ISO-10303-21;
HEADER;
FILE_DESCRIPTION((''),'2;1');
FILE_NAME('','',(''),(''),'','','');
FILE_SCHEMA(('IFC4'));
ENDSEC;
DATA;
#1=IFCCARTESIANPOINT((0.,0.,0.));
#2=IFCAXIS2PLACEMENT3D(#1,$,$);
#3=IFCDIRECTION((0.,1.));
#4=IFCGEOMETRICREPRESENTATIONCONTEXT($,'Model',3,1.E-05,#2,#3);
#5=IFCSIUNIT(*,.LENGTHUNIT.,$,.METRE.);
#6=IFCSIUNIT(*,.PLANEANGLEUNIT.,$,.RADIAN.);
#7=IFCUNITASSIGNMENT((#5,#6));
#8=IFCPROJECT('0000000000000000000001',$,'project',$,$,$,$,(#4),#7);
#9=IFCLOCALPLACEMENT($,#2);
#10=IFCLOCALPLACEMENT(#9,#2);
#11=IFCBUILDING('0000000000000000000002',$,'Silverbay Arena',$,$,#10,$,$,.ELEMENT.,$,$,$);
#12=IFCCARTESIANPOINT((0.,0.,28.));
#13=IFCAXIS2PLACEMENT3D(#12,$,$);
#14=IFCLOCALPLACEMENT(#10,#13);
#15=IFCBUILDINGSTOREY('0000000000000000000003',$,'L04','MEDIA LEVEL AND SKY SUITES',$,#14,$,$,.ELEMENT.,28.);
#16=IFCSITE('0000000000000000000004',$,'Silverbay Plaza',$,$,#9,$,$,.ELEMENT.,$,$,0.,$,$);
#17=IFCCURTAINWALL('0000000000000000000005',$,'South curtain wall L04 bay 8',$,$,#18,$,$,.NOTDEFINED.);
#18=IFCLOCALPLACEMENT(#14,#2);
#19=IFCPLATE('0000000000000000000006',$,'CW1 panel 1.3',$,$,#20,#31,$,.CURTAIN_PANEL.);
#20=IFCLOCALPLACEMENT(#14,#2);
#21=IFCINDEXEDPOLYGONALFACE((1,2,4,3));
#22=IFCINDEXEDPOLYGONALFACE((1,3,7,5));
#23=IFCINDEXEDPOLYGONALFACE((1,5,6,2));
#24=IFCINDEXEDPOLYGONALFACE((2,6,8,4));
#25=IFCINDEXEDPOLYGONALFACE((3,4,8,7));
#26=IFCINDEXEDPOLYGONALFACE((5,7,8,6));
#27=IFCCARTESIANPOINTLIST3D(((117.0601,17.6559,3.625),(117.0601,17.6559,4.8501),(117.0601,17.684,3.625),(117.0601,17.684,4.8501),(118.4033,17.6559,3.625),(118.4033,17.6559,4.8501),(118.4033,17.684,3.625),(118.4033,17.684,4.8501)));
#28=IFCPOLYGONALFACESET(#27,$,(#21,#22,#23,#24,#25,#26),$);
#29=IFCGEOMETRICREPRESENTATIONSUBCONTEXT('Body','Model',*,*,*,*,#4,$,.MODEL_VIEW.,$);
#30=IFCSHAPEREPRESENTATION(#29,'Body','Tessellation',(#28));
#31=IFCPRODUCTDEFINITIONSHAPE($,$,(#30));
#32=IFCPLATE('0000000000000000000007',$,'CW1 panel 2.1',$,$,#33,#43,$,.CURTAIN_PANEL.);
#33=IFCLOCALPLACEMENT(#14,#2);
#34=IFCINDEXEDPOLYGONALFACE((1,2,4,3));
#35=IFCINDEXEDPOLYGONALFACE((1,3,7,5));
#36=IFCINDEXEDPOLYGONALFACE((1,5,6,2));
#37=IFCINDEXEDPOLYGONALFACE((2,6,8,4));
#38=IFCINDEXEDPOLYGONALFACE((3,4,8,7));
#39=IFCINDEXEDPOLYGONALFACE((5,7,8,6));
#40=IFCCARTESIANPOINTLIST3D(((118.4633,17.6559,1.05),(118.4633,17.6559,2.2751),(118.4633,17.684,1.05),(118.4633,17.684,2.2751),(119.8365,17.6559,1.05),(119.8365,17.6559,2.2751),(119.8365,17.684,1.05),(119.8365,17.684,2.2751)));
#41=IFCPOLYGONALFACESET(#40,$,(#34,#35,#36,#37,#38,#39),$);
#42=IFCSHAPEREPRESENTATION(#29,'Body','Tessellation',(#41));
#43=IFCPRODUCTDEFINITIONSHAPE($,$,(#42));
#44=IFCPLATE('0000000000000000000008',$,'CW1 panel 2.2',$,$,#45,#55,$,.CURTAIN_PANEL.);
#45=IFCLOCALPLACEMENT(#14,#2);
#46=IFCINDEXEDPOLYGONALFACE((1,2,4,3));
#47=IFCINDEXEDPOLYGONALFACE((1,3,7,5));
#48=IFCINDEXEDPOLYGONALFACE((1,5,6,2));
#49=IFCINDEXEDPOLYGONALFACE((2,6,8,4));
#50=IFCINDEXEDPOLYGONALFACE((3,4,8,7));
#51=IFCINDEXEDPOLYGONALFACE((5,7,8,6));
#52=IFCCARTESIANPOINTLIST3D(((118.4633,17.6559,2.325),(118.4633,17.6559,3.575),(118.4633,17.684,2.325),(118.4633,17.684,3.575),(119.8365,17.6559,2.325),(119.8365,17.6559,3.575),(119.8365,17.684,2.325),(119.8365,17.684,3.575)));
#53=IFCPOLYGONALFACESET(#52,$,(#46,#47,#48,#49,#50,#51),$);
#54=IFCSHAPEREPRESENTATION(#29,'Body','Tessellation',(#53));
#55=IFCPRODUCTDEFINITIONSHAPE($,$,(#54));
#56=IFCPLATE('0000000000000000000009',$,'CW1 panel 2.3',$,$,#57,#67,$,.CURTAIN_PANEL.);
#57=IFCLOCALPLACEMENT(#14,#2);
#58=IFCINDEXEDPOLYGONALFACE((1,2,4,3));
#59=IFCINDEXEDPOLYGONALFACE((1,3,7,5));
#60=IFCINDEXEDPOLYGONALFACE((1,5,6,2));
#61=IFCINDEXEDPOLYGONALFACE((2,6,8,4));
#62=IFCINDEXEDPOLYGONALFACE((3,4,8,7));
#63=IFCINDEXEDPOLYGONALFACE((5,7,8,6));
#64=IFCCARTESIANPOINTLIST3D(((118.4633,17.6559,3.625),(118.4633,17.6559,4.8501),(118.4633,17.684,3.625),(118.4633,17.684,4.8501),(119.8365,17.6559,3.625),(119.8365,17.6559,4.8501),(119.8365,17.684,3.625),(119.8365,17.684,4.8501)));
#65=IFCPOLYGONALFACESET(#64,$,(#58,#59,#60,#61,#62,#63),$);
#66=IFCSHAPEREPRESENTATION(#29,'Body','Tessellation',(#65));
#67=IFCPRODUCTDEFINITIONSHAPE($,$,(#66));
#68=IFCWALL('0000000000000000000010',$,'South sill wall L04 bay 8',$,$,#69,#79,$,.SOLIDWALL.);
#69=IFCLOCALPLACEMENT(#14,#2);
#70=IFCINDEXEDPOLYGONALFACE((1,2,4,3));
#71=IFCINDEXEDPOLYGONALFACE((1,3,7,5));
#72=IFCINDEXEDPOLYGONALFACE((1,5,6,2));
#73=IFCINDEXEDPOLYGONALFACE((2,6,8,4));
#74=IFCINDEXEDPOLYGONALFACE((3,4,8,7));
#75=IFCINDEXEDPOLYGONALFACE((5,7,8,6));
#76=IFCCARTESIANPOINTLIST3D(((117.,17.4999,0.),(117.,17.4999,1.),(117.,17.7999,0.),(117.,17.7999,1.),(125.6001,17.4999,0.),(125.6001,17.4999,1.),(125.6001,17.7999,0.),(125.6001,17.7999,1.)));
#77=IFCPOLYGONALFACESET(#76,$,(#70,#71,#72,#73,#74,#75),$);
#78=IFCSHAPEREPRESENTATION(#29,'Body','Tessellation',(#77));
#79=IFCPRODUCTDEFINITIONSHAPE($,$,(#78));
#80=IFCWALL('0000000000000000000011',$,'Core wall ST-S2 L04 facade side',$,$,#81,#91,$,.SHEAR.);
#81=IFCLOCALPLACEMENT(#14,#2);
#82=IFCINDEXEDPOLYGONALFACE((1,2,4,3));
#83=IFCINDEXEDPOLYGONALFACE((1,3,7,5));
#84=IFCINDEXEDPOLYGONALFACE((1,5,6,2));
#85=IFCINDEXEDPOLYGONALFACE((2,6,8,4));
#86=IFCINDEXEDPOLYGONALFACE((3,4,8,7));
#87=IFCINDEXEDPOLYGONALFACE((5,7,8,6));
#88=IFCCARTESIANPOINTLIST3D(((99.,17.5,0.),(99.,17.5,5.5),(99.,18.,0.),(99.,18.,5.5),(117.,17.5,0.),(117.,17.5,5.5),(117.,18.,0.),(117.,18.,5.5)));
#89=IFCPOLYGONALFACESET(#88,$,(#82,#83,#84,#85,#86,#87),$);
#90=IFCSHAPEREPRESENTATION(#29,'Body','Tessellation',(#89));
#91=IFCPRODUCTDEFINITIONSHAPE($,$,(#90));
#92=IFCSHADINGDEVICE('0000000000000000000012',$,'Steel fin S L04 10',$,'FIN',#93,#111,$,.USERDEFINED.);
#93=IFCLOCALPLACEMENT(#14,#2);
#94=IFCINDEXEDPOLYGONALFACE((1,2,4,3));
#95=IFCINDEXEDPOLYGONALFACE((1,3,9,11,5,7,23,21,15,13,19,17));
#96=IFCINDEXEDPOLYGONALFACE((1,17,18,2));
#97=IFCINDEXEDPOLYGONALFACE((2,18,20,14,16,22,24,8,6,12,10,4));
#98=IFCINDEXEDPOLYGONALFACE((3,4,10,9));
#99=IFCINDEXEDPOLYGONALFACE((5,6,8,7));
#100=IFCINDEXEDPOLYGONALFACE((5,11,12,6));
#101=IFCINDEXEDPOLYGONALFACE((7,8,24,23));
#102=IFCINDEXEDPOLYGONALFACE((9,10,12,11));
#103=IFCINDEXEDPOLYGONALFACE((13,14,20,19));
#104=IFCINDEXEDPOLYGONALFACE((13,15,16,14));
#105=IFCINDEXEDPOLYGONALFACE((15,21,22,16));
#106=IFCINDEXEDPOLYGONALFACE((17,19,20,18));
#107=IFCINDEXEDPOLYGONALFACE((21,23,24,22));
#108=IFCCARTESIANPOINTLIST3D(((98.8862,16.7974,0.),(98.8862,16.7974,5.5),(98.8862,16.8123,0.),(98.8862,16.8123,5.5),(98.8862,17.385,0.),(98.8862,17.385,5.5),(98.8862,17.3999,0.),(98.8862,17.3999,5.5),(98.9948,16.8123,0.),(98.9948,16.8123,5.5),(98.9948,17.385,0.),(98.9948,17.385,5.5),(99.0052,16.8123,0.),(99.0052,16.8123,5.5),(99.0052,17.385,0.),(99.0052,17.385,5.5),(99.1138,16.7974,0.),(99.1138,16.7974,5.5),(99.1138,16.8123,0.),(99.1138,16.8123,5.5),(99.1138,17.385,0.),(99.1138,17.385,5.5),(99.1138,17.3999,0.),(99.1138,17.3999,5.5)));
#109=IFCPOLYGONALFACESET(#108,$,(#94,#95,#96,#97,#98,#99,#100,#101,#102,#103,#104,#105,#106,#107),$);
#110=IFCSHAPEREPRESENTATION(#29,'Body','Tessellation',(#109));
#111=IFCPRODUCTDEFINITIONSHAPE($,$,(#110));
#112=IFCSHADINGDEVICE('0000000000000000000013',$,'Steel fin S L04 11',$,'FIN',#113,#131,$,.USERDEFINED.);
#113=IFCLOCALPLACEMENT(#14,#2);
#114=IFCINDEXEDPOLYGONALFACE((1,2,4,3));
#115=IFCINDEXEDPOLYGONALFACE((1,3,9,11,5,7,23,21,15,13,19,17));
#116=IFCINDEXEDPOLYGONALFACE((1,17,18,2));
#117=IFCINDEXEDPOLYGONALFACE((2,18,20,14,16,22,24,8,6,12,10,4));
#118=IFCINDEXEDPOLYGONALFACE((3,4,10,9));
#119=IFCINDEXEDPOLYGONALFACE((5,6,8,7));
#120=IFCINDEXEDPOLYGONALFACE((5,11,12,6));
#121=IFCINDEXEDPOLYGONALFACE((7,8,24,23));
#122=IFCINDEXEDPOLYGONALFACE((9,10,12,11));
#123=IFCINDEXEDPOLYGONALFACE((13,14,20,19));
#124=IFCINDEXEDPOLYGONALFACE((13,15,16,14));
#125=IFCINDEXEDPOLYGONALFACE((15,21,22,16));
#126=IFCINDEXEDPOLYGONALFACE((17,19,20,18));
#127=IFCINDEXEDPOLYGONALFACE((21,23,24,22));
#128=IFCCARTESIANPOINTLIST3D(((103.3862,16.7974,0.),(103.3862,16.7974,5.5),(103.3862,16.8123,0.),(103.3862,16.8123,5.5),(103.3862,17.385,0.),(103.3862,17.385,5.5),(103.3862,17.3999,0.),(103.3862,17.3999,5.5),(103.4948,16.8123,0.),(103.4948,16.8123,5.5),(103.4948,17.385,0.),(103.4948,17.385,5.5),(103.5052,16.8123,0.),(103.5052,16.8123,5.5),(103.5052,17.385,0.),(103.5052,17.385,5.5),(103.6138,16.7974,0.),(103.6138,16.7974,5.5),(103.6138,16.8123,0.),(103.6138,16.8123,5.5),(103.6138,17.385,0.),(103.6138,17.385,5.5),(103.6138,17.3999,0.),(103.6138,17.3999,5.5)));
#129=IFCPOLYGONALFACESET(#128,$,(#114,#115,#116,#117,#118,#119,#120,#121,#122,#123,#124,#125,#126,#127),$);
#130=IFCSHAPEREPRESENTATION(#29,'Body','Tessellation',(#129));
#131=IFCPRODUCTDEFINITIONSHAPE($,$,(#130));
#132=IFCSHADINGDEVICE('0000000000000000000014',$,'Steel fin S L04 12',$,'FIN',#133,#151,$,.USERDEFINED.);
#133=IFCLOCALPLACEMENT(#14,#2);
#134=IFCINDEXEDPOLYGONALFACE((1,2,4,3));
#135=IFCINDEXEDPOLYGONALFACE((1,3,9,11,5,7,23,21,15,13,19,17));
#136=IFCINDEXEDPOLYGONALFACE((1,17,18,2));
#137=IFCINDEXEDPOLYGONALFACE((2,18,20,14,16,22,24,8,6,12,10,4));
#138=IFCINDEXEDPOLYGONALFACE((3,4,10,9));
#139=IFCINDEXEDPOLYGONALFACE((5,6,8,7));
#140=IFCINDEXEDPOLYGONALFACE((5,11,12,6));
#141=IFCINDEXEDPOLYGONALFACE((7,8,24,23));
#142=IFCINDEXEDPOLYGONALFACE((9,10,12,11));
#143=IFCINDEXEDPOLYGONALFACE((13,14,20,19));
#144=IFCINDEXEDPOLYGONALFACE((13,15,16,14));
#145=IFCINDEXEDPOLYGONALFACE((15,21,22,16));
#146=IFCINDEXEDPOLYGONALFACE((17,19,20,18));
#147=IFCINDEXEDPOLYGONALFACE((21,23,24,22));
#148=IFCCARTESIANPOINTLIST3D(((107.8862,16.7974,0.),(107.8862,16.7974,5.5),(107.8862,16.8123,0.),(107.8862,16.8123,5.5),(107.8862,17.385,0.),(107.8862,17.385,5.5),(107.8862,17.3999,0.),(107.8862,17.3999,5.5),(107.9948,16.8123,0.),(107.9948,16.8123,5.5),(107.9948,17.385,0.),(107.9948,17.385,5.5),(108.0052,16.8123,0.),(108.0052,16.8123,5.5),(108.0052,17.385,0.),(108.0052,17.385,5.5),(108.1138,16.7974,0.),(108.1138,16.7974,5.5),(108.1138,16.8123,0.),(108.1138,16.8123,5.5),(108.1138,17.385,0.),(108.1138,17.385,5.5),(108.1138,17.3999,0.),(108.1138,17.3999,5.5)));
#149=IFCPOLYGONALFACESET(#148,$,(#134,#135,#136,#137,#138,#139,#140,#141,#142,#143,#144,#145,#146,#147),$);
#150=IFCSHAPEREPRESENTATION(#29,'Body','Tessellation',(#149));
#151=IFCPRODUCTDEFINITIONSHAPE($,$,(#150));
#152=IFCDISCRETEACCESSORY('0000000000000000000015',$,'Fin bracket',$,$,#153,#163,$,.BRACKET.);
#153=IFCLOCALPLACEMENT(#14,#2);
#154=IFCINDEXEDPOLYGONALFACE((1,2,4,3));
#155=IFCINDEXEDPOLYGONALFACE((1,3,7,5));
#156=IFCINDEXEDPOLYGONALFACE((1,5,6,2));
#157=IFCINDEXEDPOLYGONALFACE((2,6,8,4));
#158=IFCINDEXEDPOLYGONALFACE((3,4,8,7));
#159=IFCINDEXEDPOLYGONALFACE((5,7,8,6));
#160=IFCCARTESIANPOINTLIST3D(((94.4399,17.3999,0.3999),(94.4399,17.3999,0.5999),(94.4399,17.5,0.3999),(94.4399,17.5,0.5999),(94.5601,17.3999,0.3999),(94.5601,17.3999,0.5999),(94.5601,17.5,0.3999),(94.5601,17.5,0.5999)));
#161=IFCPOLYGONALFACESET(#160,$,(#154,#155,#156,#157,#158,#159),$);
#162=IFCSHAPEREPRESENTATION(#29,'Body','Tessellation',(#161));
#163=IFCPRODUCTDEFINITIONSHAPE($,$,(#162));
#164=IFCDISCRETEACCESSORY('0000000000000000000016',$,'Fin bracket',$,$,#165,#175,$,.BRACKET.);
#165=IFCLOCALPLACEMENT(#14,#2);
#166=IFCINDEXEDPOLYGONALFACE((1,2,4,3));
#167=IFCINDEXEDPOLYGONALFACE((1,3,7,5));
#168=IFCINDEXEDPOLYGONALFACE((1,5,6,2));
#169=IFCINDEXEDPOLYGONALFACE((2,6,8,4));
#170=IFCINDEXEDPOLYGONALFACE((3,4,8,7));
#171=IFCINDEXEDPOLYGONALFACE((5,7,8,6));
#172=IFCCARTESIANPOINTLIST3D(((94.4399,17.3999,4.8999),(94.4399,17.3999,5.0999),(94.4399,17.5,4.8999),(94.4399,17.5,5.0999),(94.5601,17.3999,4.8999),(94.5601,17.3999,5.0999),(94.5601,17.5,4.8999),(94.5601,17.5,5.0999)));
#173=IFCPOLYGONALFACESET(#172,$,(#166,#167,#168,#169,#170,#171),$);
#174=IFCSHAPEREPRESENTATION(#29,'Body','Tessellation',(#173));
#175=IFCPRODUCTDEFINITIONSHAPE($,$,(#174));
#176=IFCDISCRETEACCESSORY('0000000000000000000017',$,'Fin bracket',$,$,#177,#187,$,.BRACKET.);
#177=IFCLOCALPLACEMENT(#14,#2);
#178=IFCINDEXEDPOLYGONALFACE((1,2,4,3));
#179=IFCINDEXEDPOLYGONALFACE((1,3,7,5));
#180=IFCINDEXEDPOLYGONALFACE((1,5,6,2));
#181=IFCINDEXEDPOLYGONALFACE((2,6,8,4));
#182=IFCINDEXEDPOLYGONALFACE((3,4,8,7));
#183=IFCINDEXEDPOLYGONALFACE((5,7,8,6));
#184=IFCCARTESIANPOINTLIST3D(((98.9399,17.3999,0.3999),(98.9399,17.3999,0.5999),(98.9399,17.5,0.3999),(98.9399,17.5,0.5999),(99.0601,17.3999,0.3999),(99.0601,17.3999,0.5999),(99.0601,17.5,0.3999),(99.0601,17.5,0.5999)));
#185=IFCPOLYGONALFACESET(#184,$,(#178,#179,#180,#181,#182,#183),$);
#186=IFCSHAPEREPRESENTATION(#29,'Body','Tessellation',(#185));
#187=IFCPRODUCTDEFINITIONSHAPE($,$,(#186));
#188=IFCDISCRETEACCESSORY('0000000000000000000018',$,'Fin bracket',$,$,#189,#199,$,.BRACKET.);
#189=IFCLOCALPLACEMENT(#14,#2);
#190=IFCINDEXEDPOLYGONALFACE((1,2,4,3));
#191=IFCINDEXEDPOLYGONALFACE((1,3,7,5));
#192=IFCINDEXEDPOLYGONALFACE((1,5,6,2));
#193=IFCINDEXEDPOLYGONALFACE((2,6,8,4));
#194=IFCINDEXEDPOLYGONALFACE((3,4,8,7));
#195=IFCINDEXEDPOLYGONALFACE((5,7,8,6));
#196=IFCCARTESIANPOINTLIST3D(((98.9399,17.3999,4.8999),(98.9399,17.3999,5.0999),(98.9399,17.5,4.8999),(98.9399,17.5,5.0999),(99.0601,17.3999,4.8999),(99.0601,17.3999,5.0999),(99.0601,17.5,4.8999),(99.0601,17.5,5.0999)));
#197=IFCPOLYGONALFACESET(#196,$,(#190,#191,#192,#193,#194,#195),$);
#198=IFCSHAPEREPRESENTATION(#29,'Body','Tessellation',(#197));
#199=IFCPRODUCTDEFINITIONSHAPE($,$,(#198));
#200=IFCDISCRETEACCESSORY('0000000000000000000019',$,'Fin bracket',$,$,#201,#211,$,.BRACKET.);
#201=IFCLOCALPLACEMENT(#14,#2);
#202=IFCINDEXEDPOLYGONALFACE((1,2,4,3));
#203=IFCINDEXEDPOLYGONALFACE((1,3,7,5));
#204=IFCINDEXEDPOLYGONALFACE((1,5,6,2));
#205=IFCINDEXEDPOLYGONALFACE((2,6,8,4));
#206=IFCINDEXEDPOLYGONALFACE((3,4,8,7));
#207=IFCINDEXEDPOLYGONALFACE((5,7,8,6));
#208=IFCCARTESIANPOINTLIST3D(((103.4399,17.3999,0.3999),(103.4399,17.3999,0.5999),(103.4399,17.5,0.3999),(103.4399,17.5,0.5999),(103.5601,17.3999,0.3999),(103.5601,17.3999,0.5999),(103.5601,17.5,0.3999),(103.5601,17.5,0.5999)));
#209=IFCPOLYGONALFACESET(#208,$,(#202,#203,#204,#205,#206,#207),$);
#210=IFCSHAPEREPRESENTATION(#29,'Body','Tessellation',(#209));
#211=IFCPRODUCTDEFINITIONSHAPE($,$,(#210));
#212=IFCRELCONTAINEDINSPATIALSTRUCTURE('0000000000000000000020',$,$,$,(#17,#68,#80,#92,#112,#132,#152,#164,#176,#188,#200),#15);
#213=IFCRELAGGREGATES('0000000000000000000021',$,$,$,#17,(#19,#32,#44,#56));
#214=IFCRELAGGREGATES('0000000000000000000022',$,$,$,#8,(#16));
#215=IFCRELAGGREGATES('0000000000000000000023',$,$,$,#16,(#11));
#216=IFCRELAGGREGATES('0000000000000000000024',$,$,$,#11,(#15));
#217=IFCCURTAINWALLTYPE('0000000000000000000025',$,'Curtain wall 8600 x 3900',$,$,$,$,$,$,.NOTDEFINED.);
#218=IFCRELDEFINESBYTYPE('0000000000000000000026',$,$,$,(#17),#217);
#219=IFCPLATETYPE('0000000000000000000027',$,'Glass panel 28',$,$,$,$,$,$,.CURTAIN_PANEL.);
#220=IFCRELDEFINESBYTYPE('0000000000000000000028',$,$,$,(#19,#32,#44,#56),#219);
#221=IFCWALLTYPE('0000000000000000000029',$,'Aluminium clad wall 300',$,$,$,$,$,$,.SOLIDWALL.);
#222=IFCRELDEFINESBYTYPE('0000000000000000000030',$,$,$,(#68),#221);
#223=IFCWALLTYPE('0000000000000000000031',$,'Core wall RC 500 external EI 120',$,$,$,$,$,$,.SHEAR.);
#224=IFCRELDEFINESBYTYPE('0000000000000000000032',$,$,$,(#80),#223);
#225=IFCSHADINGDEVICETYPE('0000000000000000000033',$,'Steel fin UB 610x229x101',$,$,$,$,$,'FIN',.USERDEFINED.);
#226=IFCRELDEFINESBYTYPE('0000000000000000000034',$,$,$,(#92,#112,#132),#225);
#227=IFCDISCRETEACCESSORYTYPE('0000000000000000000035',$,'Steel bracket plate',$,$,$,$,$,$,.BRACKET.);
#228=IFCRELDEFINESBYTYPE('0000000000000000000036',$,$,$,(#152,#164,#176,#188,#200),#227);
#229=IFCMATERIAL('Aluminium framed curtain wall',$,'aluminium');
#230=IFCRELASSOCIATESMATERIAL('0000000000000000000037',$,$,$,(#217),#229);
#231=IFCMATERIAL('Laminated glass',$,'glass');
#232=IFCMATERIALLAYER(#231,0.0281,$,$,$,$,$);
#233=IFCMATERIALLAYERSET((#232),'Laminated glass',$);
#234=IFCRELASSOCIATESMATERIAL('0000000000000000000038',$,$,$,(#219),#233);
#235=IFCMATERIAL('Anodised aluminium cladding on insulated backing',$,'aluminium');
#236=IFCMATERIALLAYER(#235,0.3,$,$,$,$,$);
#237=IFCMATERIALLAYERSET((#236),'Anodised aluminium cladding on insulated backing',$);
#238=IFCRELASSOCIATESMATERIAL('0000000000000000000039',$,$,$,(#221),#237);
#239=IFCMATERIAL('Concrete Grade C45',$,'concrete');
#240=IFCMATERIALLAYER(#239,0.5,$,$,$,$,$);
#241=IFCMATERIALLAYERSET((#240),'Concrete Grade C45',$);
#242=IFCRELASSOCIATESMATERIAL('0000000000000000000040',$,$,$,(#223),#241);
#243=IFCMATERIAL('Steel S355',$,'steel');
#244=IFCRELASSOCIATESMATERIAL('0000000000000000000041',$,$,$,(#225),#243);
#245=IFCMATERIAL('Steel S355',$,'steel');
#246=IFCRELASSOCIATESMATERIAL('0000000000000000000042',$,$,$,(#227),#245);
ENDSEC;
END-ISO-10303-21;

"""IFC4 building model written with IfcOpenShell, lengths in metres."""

from ifc_helpers import new_model, si_unit, direction, frame, frame_2d, origin, origin_2d, place, context, subcontext, project, spatial, rectangle, i_section, extrude, material, layer, layer_set, material_profile, profile_set, type_object, element, aggregate, save


model = new_model("IFC4")

# Units and contexts
model_context = context("Model", 3, precision=1e-05, world=origin(), true_north=direction((0.0, 1.0)))
body_context = subcontext(model_context, "Body", "Model", "MODEL_VIEW")
ifc_project = project(units=[si_unit("LENGTHUNIT", "METRE"), si_unit("PLANEANGLEUNIT", "RADIAN")], contexts=[model_context])

# Site, building, storey
site_placement = place(None, origin())
site = spatial("IfcSite", under=ifc_project, at=site_placement, Name="Silverbay Plaza", CompositionType="ELEMENT", RefElevation=0.0)
building_placement = place(site_placement, origin())
building = spatial("IfcBuilding", under=site, at=building_placement, Name="Silverbay Arena", CompositionType="ELEMENT")
storey_placement = place(building_placement, frame((0.0, 0.0, 28.0)))
storey = spatial("IfcBuildingStorey", under=building, at=storey_placement, Name="L04", Description="MEDIA LEVEL AND SKY SUITES", CompositionType="ELEMENT", Elevation=28.0)

# Curtain wall
ifc_material_1 = material(Name="Aluminium framed curtain wall", Category="aluminium")
curtain_wall_type = type_object("IfcCurtainWallType", Name="Curtain wall 8600 x 3900", PredefinedType="NOTDEFINED", material=ifc_material_1)
curtain_wall_placement = place(storey_placement, origin())
curtain_wall = element("IfcCurtainWall", 1, at=curtain_wall_placement, inside=storey, type_object=curtain_wall_type, Name="South curtain wall L04 bay 8", PredefinedType="NOTDEFINED")

# Plates
ifc_material_2 = material(Name="Laminated glass", Category="glass")
ifc_layer_1 = layer(ifc_material_2, 0.0281)
ifc_layer_set_1 = layer_set([ifc_layer_1], Name="Laminated glass")
plate_type = type_object("IfcPlateType", Name="Glass panel 28", PredefinedType="CURTAIN_PANEL", material=ifc_layer_set_1)
plate_1_placement = place(storey_placement, frame((117.7317, 17.6699, 3.625), z_axis=(0.0, 0.0, 1.0), x_axis=(1.0, 0.0, 0.0)))
plate_1 = element("IfcPlate", 2, at=plate_1_placement, type_object=plate_type, Name="CW1 panel 1.3", PredefinedType="CURTAIN_PANEL", context=body_context, shape_type="SweptSolid", body=[
    extrude(rectangle(XDim=1.3433, YDim=0.0281, at=origin_2d()), origin(), (0.0, 0.0, 1.0), 1.2251),
])
plate_2_placement = place(storey_placement, frame((119.1499, 17.6699, 1.05), z_axis=(0.0, 0.0, 1.0), x_axis=(1.0, 0.0, 0.0)))
plate_2 = element("IfcPlate", 3, at=plate_2_placement, type_object=plate_type, Name="CW1 panel 2.1", PredefinedType="CURTAIN_PANEL", context=body_context, shape_type="SweptSolid", body=[
    extrude(rectangle(XDim=1.3733, YDim=0.0281, at=origin_2d()), origin(), (0.0, 0.0, 1.0), 1.2251),
])
plate_3_placement = place(storey_placement, frame((119.1499, 17.6699, 2.325), z_axis=(0.0, 0.0, 1.0), x_axis=(1.0, 0.0, 0.0)))
plate_3 = element("IfcPlate", 4, at=plate_3_placement, type_object=plate_type, Name="CW1 panel 2.2", PredefinedType="CURTAIN_PANEL", context=body_context, shape_type="SweptSolid", body=[
    extrude(rectangle(XDim=1.3733, YDim=0.0281, at=origin_2d()), origin(), (0.0, 0.0, 1.0), 1.25),
])
plate_4_placement = place(storey_placement, frame((119.1499, 17.6699, 3.625), z_axis=(0.0, 0.0, 1.0), x_axis=(1.0, 0.0, 0.0)))
plate_4 = element("IfcPlate", 5, at=plate_4_placement, type_object=plate_type, Name="CW1 panel 2.3", PredefinedType="CURTAIN_PANEL", context=body_context, shape_type="SweptSolid", body=[
    extrude(rectangle(XDim=1.3733, YDim=0.0281, at=origin_2d()), origin(), (0.0, 0.0, 1.0), 1.2251),
])
aggregate(curtain_wall, [plate_1, plate_2, plate_3, plate_4])

# Walls
ifc_material_3 = material(Name="Anodised aluminium cladding on insulated backing", Category="aluminium")
ifc_layer_2 = layer(ifc_material_3, 0.3)
ifc_layer_set_2 = layer_set([ifc_layer_2], Name="Anodised aluminium cladding on insulated backing")
wall_type_1 = type_object("IfcWallType", Name="Aluminium clad wall 300", PredefinedType="SOLIDWALL", material=ifc_layer_set_2)
wall_1_placement = place(storey_placement, frame((117.0, 17.6499, 0.0), z_axis=(0.0, 0.0, 1.0), x_axis=(1.0, 0.0, 0.0)))
element("IfcWall", 6, at=wall_1_placement, inside=storey, type_object=wall_type_1, Name="South sill wall L04 bay 8", PredefinedType="SOLIDWALL", context=body_context, shape_type="SweptSolid", body=[
    extrude(rectangle(XDim=8.6001, YDim=0.3, at=frame_2d((4.3, 0.0))), origin(), (0.0, 0.0, 1.0), 1.0),
])
ifc_material_4 = material(Name="Concrete Grade C45", Category="concrete")
ifc_layer_3 = layer(ifc_material_4, 0.5)
ifc_layer_set_3 = layer_set([ifc_layer_3], Name="Concrete Grade C45")
wall_type_2 = type_object("IfcWallType", Name="Core wall RC 500 external EI 120", PredefinedType="SHEAR", material=ifc_layer_set_3)
wall_2_placement = place(storey_placement, frame((117.0, 17.75, 0.0), z_axis=(0.0, 0.0, 1.0), x_axis=(-1.0, 0.0, 0.0)))
element("IfcWall", 7, at=wall_2_placement, inside=storey, type_object=wall_type_2, Name="Core wall ST-S2 L04 facade side", PredefinedType="SHEAR", context=body_context, shape_type="SweptSolid", body=[
    extrude(rectangle(XDim=18.0, YDim=0.5, at=frame_2d((9.0, 0.0))), origin(), (0.0, 0.0, 1.0), 5.5),
])

# Shading devices
ifc_material_5 = material(Name="Steel S355", Category="steel")
ifc_material_profile_1 = material_profile(ifc_material_5, i_section(OverallWidth=0.2275, OverallDepth=0.6025, WebThickness=0.0105, FlangeThickness=0.0149, at=origin_2d()), Name="UB 610x229x101")
ifc_profile_set_1 = profile_set([ifc_material_profile_1], Name="Steel S355")
shading_device_type = type_object("IfcShadingDeviceType", Name="Steel fin UB 610x229x101", ElementType="FIN", PredefinedType="USERDEFINED", material=ifc_profile_set_1)
for number, where, z_axis, x_axis, name in (
    (8, (99.0, 17.0986, 0.0), (0.0, 0.0, 1.0), (1.0, 0.0, 0.0), "Steel fin S L04 10"),
    (9, (103.5, 17.0986, 0.0), (0.0, 0.0, 1.0), (1.0, 0.0, 0.0), "Steel fin S L04 11"),
    (10, (108.0, 17.0986, 0.0), (0.0, 0.0, 1.0), (1.0, 0.0, 0.0), "Steel fin S L04 12"),
):
    element("IfcShadingDevice", number, at=place(storey_placement, frame(where, z_axis=z_axis, x_axis=x_axis)), inside=storey, type_object=shading_device_type, Name=name, ObjectType="FIN", PredefinedType="USERDEFINED", context=body_context, shape_type="SweptSolid", body=[
        extrude(i_section(OverallWidth=0.2275, OverallDepth=0.6025, WebThickness=0.0105, FlangeThickness=0.0149, at=origin_2d()), origin(), (0.0, 0.0, 1.0), 5.5),
    ])

# Discrete accessories
ifc_material_6 = material(Name="Steel S355", Category="steel")
discrete_accessory_type = type_object("IfcDiscreteAccessoryType", Name="Steel bracket plate", PredefinedType="BRACKET", material=ifc_material_6)
for number, where, z_axis, x_axis, name in (
    (11, (94.5, 17.45, 0.3999), (0.0, 0.0, 1.0), (1.0, 0.0, 0.0), "Fin bracket"),
    (12, (94.5, 17.45, 4.8999), (0.0, 0.0, 1.0), (1.0, 0.0, 0.0), "Fin bracket"),
    (13, (99.0, 17.45, 0.3999), (0.0, 0.0, 1.0), (1.0, 0.0, 0.0), "Fin bracket"),
    (14, (99.0, 17.45, 4.8999), (0.0, 0.0, 1.0), (1.0, 0.0, 0.0), "Fin bracket"),
    (15, (103.5, 17.45, 0.3999), (0.0, 0.0, 1.0), (1.0, 0.0, 0.0), "Fin bracket"),
):
    element("IfcDiscreteAccessory", number, at=place(storey_placement, frame(where, z_axis=z_axis, x_axis=x_axis)), inside=storey, type_object=discrete_accessory_type, Name=name, PredefinedType="BRACKET", context=body_context, shape_type="SweptSolid", body=[
        extrude(rectangle(XDim=0.1201, YDim=0.1001, at=origin_2d()), origin(), (0.0, 0.0, 1.0), 0.2),
    ])

save(model, "model.ifc")
